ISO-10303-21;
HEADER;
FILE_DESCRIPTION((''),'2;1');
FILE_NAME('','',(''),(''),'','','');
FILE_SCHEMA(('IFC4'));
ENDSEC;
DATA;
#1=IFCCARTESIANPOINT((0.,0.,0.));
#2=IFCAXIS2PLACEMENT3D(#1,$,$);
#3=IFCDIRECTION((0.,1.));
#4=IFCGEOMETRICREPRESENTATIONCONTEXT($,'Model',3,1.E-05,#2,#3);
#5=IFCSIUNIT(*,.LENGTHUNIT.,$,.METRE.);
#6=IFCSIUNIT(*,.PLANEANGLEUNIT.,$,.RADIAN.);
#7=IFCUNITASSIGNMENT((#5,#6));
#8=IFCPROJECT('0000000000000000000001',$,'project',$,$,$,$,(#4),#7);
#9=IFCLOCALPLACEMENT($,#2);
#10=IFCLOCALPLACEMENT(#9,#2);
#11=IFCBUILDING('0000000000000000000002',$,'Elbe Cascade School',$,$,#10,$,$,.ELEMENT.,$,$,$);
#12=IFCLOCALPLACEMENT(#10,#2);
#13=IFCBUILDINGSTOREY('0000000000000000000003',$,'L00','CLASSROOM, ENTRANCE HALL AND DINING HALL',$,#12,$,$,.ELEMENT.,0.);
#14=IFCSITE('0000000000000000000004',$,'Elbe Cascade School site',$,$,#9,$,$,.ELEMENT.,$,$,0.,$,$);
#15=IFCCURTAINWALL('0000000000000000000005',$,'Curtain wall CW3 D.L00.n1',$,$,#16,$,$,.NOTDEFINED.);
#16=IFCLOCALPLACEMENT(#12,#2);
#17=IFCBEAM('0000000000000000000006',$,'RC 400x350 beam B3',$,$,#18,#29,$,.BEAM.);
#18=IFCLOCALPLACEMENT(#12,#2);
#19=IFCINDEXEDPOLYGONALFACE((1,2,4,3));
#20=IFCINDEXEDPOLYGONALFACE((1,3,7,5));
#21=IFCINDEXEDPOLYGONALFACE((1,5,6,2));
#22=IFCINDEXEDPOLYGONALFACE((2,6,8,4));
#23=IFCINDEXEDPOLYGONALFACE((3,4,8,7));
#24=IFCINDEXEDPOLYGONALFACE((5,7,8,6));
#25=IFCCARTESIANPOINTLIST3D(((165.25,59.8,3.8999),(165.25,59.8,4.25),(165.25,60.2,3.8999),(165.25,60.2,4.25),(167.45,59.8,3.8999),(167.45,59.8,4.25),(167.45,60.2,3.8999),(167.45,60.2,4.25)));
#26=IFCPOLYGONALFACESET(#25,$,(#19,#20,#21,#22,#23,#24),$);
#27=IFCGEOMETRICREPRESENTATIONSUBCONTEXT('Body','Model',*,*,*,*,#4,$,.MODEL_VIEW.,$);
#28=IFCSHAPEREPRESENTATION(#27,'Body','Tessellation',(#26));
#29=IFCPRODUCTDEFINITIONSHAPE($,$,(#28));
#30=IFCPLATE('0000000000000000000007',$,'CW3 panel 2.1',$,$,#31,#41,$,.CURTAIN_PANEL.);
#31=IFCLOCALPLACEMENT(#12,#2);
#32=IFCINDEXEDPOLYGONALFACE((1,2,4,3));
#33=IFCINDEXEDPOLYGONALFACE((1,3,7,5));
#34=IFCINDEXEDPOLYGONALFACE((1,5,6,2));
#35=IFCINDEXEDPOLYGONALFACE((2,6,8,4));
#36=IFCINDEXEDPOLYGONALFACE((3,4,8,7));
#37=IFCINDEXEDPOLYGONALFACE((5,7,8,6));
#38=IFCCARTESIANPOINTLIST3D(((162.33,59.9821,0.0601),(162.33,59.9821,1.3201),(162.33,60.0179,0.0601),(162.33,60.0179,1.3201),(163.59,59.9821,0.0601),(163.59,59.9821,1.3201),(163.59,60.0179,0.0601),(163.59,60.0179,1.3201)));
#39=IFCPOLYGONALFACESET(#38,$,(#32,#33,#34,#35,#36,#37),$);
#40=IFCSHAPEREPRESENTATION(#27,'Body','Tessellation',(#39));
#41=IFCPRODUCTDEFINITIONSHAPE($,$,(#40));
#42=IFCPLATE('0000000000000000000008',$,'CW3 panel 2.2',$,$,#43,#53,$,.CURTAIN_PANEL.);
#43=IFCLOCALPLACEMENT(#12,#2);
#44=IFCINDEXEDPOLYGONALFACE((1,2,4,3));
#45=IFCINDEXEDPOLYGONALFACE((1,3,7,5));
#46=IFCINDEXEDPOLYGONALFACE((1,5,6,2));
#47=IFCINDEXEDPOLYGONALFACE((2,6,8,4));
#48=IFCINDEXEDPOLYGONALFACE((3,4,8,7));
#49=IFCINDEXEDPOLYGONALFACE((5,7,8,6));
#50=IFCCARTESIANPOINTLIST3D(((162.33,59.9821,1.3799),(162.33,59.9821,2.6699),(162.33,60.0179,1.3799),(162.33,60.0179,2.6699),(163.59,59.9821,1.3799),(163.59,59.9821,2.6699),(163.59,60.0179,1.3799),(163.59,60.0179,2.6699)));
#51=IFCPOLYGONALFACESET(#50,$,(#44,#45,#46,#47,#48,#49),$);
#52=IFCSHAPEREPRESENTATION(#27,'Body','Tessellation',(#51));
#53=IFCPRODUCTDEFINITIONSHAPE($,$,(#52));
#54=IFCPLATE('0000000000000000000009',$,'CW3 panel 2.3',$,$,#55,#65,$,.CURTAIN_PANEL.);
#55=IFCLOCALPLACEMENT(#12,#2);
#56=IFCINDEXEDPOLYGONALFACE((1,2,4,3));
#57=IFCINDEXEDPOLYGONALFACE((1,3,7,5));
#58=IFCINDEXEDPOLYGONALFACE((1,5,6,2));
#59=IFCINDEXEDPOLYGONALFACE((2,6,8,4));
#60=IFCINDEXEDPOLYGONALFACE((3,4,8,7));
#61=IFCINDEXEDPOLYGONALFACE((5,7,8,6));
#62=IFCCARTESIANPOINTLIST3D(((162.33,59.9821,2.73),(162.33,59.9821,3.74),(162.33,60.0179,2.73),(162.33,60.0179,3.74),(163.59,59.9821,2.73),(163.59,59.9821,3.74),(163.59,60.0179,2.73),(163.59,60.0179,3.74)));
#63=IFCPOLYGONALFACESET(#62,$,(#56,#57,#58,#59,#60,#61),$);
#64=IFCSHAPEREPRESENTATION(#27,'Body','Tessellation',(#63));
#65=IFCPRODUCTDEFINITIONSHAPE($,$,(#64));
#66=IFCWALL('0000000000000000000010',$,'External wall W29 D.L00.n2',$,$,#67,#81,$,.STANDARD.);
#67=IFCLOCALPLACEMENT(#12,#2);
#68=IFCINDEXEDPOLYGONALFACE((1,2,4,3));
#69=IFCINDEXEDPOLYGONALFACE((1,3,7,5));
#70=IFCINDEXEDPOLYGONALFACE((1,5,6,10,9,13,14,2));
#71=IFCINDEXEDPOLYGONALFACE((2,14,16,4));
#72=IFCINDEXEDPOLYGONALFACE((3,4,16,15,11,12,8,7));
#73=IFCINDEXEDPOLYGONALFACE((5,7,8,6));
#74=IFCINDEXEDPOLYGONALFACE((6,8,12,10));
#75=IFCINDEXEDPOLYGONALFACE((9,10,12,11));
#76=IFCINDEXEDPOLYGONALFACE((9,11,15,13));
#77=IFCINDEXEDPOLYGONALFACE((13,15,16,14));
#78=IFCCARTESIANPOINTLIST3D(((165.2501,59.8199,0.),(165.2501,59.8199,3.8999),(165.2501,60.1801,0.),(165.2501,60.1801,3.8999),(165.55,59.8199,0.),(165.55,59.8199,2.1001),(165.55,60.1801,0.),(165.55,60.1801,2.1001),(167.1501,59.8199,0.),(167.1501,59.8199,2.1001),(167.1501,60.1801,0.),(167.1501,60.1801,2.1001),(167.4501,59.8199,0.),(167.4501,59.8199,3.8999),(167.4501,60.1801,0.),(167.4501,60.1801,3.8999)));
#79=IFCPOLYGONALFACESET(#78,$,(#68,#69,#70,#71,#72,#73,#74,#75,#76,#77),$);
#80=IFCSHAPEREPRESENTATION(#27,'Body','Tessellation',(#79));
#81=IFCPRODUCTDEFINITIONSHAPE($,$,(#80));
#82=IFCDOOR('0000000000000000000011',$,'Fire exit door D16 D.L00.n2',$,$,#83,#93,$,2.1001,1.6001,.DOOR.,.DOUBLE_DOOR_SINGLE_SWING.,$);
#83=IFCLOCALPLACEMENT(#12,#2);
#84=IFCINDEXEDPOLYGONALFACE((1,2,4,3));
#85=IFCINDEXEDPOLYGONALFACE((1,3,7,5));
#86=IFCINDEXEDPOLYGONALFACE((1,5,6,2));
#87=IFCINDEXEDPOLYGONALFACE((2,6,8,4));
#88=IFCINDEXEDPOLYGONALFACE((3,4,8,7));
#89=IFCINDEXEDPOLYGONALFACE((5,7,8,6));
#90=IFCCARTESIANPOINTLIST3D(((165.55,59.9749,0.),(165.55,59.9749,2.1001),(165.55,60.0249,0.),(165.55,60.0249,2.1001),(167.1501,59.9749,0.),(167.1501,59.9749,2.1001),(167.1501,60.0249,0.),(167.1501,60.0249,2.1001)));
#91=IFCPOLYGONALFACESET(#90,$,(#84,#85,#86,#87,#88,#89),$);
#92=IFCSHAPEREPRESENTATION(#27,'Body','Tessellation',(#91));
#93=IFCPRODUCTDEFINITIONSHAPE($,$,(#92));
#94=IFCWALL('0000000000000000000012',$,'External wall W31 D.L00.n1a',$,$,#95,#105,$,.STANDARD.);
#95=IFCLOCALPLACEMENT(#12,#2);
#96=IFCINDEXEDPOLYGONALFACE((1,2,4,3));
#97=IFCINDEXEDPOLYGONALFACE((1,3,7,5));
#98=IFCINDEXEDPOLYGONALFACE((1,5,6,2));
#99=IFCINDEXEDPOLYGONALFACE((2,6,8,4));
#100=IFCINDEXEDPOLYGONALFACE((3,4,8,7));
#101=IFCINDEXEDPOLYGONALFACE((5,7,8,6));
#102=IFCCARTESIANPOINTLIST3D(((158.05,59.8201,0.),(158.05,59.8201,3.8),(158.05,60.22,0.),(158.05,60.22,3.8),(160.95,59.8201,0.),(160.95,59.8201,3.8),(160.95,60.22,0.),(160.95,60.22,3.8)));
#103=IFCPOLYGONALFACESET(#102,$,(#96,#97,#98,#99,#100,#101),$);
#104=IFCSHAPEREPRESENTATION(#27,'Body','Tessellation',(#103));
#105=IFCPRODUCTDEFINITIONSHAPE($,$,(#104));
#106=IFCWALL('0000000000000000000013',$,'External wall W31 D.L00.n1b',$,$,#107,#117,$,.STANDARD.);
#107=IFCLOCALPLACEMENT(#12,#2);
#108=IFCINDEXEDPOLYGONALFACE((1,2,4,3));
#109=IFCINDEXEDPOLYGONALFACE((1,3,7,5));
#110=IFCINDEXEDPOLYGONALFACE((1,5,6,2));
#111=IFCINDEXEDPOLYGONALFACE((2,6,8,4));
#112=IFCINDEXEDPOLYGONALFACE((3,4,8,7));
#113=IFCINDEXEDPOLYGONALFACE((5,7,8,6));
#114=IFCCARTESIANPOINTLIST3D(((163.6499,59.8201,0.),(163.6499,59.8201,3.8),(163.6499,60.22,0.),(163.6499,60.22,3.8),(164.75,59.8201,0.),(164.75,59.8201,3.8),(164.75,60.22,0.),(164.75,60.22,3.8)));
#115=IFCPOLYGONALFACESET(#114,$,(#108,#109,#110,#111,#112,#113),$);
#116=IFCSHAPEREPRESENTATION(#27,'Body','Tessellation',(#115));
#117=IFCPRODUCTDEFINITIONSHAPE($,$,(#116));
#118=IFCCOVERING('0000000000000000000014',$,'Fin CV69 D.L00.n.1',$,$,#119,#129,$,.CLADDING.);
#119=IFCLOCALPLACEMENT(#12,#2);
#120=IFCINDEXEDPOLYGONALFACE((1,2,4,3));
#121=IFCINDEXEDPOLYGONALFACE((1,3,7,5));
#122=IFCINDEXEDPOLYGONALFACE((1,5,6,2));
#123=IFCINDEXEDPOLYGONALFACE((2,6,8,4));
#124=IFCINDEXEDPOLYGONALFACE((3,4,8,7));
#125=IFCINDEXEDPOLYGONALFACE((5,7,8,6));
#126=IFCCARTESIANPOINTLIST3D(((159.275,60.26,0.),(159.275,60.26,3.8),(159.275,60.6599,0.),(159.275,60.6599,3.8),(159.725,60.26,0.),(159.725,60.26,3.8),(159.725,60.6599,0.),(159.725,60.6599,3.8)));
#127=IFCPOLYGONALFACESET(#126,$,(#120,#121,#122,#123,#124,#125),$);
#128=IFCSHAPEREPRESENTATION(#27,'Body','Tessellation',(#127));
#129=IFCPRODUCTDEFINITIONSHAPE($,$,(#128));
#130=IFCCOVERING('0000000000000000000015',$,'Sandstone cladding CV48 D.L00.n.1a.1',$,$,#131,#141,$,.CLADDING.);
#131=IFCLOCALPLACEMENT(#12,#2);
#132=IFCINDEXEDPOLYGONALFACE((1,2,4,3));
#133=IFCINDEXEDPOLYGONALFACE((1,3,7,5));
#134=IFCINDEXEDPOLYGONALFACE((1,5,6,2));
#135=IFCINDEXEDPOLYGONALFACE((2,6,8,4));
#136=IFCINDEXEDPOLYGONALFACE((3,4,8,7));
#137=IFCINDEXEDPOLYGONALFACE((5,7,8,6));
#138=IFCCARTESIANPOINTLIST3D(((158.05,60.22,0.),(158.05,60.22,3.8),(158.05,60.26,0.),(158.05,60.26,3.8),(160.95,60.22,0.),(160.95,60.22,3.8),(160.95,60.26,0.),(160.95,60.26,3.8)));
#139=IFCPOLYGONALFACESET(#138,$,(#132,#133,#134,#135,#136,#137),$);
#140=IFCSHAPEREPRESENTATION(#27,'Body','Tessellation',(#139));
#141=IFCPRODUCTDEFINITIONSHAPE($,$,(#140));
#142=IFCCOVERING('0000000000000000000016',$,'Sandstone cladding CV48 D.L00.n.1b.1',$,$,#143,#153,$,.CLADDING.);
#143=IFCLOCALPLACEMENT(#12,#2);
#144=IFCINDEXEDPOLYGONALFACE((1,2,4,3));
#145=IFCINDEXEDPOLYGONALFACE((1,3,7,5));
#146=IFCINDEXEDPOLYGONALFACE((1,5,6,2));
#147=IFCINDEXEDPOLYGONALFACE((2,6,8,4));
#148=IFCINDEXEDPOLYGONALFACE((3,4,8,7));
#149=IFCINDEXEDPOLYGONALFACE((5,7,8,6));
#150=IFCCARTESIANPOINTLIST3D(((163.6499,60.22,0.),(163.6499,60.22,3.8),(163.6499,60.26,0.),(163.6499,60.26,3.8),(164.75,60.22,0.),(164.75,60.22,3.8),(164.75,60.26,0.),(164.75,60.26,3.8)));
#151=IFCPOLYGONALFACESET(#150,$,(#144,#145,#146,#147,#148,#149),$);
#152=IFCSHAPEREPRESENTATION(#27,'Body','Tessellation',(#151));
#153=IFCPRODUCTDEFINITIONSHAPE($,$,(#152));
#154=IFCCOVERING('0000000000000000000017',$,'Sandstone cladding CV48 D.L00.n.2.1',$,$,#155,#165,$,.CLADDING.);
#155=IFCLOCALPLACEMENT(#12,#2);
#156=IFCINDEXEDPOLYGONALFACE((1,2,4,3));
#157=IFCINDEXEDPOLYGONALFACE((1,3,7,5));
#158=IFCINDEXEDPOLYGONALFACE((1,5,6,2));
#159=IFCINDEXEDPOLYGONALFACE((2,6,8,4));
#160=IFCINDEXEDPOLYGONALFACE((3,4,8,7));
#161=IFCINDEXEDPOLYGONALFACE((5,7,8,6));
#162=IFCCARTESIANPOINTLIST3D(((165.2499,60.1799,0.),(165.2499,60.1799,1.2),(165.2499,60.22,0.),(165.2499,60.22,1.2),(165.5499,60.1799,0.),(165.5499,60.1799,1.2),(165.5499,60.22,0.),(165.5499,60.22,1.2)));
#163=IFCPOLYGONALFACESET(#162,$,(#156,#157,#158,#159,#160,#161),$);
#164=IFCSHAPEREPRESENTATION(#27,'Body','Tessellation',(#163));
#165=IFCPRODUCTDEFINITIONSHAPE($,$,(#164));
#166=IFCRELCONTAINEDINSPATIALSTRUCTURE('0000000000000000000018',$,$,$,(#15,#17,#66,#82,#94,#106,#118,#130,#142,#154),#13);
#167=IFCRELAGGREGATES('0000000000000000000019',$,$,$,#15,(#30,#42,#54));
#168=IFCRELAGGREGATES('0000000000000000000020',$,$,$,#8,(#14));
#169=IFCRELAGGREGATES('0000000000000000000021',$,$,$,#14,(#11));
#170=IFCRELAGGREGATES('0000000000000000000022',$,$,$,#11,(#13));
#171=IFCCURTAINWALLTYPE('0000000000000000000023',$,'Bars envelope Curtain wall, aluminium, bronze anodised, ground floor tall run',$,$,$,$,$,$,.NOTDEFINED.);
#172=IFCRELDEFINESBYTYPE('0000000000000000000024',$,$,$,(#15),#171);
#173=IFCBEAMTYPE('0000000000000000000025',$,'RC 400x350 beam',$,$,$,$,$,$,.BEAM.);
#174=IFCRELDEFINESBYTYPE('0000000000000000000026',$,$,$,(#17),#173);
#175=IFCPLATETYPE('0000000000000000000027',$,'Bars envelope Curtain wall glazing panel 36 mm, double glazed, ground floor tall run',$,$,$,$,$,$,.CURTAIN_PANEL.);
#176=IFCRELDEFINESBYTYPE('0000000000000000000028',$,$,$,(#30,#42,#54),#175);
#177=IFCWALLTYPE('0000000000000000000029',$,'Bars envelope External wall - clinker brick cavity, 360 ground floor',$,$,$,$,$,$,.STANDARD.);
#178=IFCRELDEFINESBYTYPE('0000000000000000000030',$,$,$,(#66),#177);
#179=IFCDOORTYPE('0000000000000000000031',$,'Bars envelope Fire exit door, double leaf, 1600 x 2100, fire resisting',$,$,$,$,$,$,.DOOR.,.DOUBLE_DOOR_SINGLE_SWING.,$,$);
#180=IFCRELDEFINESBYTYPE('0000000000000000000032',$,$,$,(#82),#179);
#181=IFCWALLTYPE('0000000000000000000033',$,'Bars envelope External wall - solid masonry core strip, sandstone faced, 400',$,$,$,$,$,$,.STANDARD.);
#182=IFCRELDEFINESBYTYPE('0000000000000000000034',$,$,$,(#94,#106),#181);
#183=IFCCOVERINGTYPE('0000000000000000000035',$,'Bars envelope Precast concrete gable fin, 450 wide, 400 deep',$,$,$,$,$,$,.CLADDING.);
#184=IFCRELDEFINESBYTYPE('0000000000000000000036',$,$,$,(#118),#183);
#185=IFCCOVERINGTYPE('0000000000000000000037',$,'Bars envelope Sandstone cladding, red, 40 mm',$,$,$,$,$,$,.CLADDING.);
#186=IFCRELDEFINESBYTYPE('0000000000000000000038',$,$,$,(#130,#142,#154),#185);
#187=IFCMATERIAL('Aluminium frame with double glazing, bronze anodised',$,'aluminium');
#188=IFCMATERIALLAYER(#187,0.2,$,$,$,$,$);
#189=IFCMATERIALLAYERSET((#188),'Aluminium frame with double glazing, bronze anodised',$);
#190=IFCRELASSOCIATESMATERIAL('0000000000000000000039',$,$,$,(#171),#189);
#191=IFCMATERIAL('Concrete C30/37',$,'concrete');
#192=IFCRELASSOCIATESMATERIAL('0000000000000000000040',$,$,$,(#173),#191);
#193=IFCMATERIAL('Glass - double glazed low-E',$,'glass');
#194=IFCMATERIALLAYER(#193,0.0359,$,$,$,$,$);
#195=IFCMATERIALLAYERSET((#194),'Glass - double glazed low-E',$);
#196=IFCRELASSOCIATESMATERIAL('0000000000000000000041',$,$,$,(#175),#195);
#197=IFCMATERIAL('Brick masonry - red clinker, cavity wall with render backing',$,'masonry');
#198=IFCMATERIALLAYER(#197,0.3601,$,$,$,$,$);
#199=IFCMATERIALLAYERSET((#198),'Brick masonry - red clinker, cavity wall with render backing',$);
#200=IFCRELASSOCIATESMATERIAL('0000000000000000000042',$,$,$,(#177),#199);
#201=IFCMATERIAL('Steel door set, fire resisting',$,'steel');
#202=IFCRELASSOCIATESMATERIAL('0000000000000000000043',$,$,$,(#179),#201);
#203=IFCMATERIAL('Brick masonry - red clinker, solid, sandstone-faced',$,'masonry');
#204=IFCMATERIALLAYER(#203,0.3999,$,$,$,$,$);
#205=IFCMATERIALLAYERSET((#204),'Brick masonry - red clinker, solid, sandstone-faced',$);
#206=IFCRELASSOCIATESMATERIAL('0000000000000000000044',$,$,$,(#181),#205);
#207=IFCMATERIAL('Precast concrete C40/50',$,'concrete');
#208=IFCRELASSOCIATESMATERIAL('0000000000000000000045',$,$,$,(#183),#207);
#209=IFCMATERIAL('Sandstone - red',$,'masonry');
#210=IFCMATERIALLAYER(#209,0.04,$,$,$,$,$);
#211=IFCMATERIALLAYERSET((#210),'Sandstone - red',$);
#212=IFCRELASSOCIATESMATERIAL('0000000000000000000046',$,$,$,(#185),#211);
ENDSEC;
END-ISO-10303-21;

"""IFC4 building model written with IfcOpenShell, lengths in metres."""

from ifc_helpers import new_model, si_unit, direction, frame, frame_2d, origin, origin_2d, place, context, subcontext, project, spatial, rectangle, extrude, material, layer, layer_set, material_profile, profile_set, type_object, element, fill, aggregate, save


model = new_model("IFC4")

# Units and contexts
model_context = context("Model", 3, precision=1e-05, world=origin(), true_north=direction((0.0, 1.0)))
body_context = subcontext(model_context, "Body", "Model", "MODEL_VIEW")
ifc_project = project(units=[si_unit("LENGTHUNIT", "METRE"), si_unit("PLANEANGLEUNIT", "RADIAN")], contexts=[model_context])

# Site, building, storey
site_placement = place(None, origin())
site = spatial("IfcSite", under=ifc_project, at=site_placement, Name="Elbe Cascade School site", CompositionType="ELEMENT", RefElevation=0.0)
building_placement = place(site_placement, origin())
building = spatial("IfcBuilding", under=site, at=building_placement, Name="Elbe Cascade School", CompositionType="ELEMENT")
storey_placement = place(building_placement, origin())
storey = spatial("IfcBuildingStorey", under=building, at=storey_placement, Name="L00", Description="CLASSROOM, ENTRANCE HALL AND DINING HALL", CompositionType="ELEMENT", Elevation=0.0)

# Curtain wall
ifc_material_1 = material(Name="Aluminium frame with double glazing, bronze anodised", Category="aluminium")
ifc_layer_1 = layer(ifc_material_1, 0.2)
ifc_layer_set_1 = layer_set([ifc_layer_1], Name="Aluminium frame with double glazing, bronze anodised")
curtain_wall_type = type_object("IfcCurtainWallType", Name="Bars envelope Curtain wall, aluminium, bronze anodised, ground floor tall run", PredefinedType="NOTDEFINED", material=ifc_layer_set_1)
curtain_wall_placement = place(storey_placement, origin())
curtain_wall = element("IfcCurtainWall", 1, at=curtain_wall_placement, inside=storey, type_object=curtain_wall_type, Name="Curtain wall CW3 D.L00.n1", PredefinedType="NOTDEFINED")

# Beam
ifc_material_2 = material(Name="Concrete C30/37", Category="concrete")
ifc_material_profile_1 = material_profile(ifc_material_2, rectangle(XDim=0.3999, YDim=0.3501, at=origin_2d()), Name="RC 400x350")
ifc_profile_set_1 = profile_set([ifc_material_profile_1], Name="Concrete C30/37")
beam_type_1 = type_object("IfcBeamType", Name="RC 400x350 beam", PredefinedType="BEAM", material=ifc_profile_set_1)
beam_1_placement = place(storey_placement, frame((165.25, 60.0, 4.075), z_axis=(1.0, 0.0, 0.0), x_axis=(0.0, 1.0, 0.0)))
element("IfcBeam", 2, at=beam_1_placement, inside=storey, type_object=beam_type_1, Name="RC 400x350 beam B3", PredefinedType="BEAM", context=body_context, shape_type="SweptSolid", body=[
    extrude(rectangle(XDim=0.3999, YDim=0.3501, at=origin_2d()), origin(), (0.0, 0.0, 1.0), 2.2),
])

# Plates
ifc_material_3 = material(Name="Glass - double glazed low-E", Category="glass")
ifc_layer_2 = layer(ifc_material_3, 0.0359)
ifc_layer_set_2 = layer_set([ifc_layer_2], Name="Glass - double glazed low-E")
plate_type = type_object("IfcPlateType", Name="Bars envelope Curtain wall glazing panel 36 mm, double glazed, ground floor tall run", PredefinedType="CURTAIN_PANEL", material=ifc_layer_set_2)
plate_1_placement = place(storey_placement, frame((162.96, 60.0, 0.0601), z_axis=(0.0, 0.0, 1.0), x_axis=(1.0, 0.0, 0.0)))
plate_1 = element("IfcPlate", 3, at=plate_1_placement, type_object=plate_type, Name="CW3 panel 2.1", PredefinedType="CURTAIN_PANEL", context=body_context, shape_type="SweptSolid", body=[
    extrude(rectangle(XDim=1.26, YDim=0.0359, at=origin_2d()), origin(), (0.0, 0.0, 1.0), 1.26),
])
plate_2_placement = place(storey_placement, frame((162.96, 60.0, 1.3799), z_axis=(0.0, 0.0, 1.0), x_axis=(1.0, 0.0, 0.0)))
plate_2 = element("IfcPlate", 4, at=plate_2_placement, type_object=plate_type, Name="CW3 panel 2.2", PredefinedType="CURTAIN_PANEL", context=body_context, shape_type="SweptSolid", body=[
    extrude(rectangle(XDim=1.26, YDim=0.0359, at=origin_2d()), origin(), (0.0, 0.0, 1.0), 1.29),
])
plate_3_placement = place(storey_placement, frame((162.96, 60.0, 2.73), z_axis=(0.0, 0.0, 1.0), x_axis=(1.0, 0.0, 0.0)))
plate_3 = element("IfcPlate", 5, at=plate_3_placement, type_object=plate_type, Name="CW3 panel 2.3", PredefinedType="CURTAIN_PANEL", context=body_context, shape_type="SweptSolid", body=[
    extrude(rectangle(XDim=1.26, YDim=0.0359, at=origin_2d()), origin(), (0.0, 0.0, 1.0), 1.01),
])
aggregate(curtain_wall, [plate_1, plate_2, plate_3])

# Wall, opening, door
ifc_material_4 = material(Name="Brick masonry - red clinker, cavity wall with render backing", Category="masonry")
ifc_layer_3 = layer(ifc_material_4, 0.3601)
ifc_layer_set_3 = layer_set([ifc_layer_3], Name="Brick masonry - red clinker, cavity wall with render backing")
wall_type_1 = type_object("IfcWallType", Name="Bars envelope External wall - clinker brick cavity, 360 ground floor", PredefinedType="STANDARD", material=ifc_layer_set_3)
wall_1_placement = place(storey_placement, frame((165.25, 60.0, 0.0), z_axis=(0.0, 0.0, 1.0), x_axis=(1.0, 0.0, 0.0)))
wall_1 = element("IfcWall", 6, at=wall_1_placement, inside=storey, type_object=wall_type_1, Name="External wall W29 D.L00.n2", PredefinedType="STANDARD", context=body_context, shape_type="SweptSolid", body=[
    extrude(rectangle(XDim=2.2, YDim=0.3601, at=frame_2d((1.1001, 0.0))), origin(), (0.0, 0.0, 1.0), 3.8999),
])
opening_placement = place(wall_1_placement, frame((0.3, 0.0, 0.0)))
opening = element("IfcOpeningElement", 7, at=opening_placement, cuts=wall_1, PredefinedType="OPENING", context=body_context, shape_type="SweptSolid", body=[
    extrude(rectangle(XDim=1.6001, YDim=2.1001, at=frame_2d((0.8, 1.05))), frame((0.0, 0.1899, 0.0), z_axis=(0.0, -1.0, 0.0), x_axis=(1.0, 0.0, 0.0)), (0.0, 0.0, 1.0), 0.3801),
])
ifc_material_5 = material(Name="Steel door set, fire resisting", Category="steel")
door_type = type_object("IfcDoorType", Name="Bars envelope Fire exit door, double leaf, 1600 x 2100, fire resisting", OperationType="DOUBLE_DOOR_SINGLE_SWING", PredefinedType="DOOR", material=ifc_material_5)
door_placement = place(opening_placement, origin())
door = element("IfcDoor", 8, at=door_placement, inside=storey, type_object=door_type, Name="Fire exit door D16 D.L00.n2", OperationType="DOUBLE_DOOR_SINGLE_SWING", OverallHeight=2.1001, OverallWidth=1.6001, PredefinedType="DOOR", context=body_context, shape_type="SweptSolid", body=[
    extrude(rectangle(XDim=1.6001, YDim=2.1001, at=frame_2d((0.8, 1.05))), frame((0.0, 0.0249, 0.0), z_axis=(0.0, -1.0, 0.0), x_axis=(1.0, 0.0, 0.0)), (0.0, 0.0, 1.0), 0.05),
])
fill(opening, door)

# Walls
ifc_material_6 = material(Name="Brick masonry - red clinker, solid, sandstone-faced", Category="masonry")
ifc_layer_4 = layer(ifc_material_6, 0.3999)
ifc_layer_set_4 = layer_set([ifc_layer_4], Name="Brick masonry - red clinker, solid, sandstone-faced")
wall_type_2 = type_object("IfcWallType", Name="Bars envelope External wall - solid masonry core strip, sandstone faced, 400", PredefinedType="STANDARD", material=ifc_layer_set_4)
wall_2_placement = place(storey_placement, frame((158.05, 60.02, 0.0), z_axis=(0.0, 0.0, 1.0), x_axis=(1.0, 0.0, 0.0)))
element("IfcWall", 9, at=wall_2_placement, inside=storey, type_object=wall_type_2, Name="External wall W31 D.L00.n1a", PredefinedType="STANDARD", context=body_context, shape_type="SweptSolid", body=[
    extrude(rectangle(XDim=2.8999, YDim=0.3999, at=frame_2d((1.45, 0.0))), origin(), (0.0, 0.0, 1.0), 3.8),
])
wall_3_placement = place(storey_placement, frame((163.6499, 60.02, 0.0), z_axis=(0.0, 0.0, 1.0), x_axis=(1.0, 0.0, 0.0)))
element("IfcWall", 10, at=wall_3_placement, inside=storey, type_object=wall_type_2, Name="External wall W31 D.L00.n1b", PredefinedType="STANDARD", context=body_context, shape_type="SweptSolid", body=[
    extrude(rectangle(XDim=1.1001, YDim=0.3999, at=frame_2d((0.55, 0.0))), origin(), (0.0, 0.0, 1.0), 3.8),
])

# Coverings
ifc_material_7 = material(Name="Precast concrete C40/50", Category="concrete")
covering_type_1 = type_object("IfcCoveringType", Name="Bars envelope Precast concrete gable fin, 450 wide, 400 deep", PredefinedType="CLADDING", material=ifc_material_7)
covering_1_placement = place(storey_placement, frame((159.5, 60.46, 0.0), z_axis=(0.0, 0.0, 1.0), x_axis=(1.0, 0.0, 0.0)))
element("IfcCovering", 11, at=covering_1_placement, inside=storey, type_object=covering_type_1, Name="Fin CV69 D.L00.n.1", PredefinedType="CLADDING", context=body_context, shape_type="SweptSolid", body=[
    extrude(rectangle(XDim=0.45, YDim=0.3999, at=origin_2d()), origin(), (0.0, 0.0, 1.0), 3.8),
])
ifc_material_8 = material(Name="Sandstone - red", Category="masonry")
ifc_layer_5 = layer(ifc_material_8, 0.04)
ifc_layer_set_5 = layer_set([ifc_layer_5], Name="Sandstone - red")
covering_type_2 = type_object("IfcCoveringType", Name="Bars envelope Sandstone cladding, red, 40 mm", PredefinedType="CLADDING", material=ifc_layer_set_5)
covering_2_placement = place(storey_placement, frame((159.5, 60.24, 0.0), z_axis=(0.0, 0.0, 1.0), x_axis=(1.0, 0.0, 0.0)))
element("IfcCovering", 12, at=covering_2_placement, inside=storey, type_object=covering_type_2, Name="Sandstone cladding CV48 D.L00.n.1a.1", PredefinedType="CLADDING", context=body_context, shape_type="SweptSolid", body=[
    extrude(rectangle(XDim=2.8999, YDim=0.04, at=origin_2d()), origin(), (0.0, 0.0, 1.0), 3.8),
])
covering_3_placement = place(storey_placement, frame((164.2, 60.24, 0.0), z_axis=(0.0, 0.0, 1.0), x_axis=(1.0, 0.0, 0.0)))
element("IfcCovering", 13, at=covering_3_placement, inside=storey, type_object=covering_type_2, Name="Sandstone cladding CV48 D.L00.n.1b.1", PredefinedType="CLADDING", context=body_context, shape_type="SweptSolid", body=[
    extrude(rectangle(XDim=1.1001, YDim=0.04, at=origin_2d()), origin(), (0.0, 0.0, 1.0), 3.8),
])
covering_4_placement = place(storey_placement, frame((165.3999, 60.2, 0.0), z_axis=(0.0, 0.0, 1.0), x_axis=(1.0, 0.0, 0.0)))
element("IfcCovering", 14, at=covering_4_placement, inside=storey, type_object=covering_type_2, Name="Sandstone cladding CV48 D.L00.n.2.1", PredefinedType="CLADDING", context=body_context, shape_type="SweptSolid", body=[
    extrude(rectangle(XDim=0.3, YDim=0.04, at=origin_2d()), origin(), (0.0, 0.0, 1.0), 1.2),
])

save(model, "model.ifc")
